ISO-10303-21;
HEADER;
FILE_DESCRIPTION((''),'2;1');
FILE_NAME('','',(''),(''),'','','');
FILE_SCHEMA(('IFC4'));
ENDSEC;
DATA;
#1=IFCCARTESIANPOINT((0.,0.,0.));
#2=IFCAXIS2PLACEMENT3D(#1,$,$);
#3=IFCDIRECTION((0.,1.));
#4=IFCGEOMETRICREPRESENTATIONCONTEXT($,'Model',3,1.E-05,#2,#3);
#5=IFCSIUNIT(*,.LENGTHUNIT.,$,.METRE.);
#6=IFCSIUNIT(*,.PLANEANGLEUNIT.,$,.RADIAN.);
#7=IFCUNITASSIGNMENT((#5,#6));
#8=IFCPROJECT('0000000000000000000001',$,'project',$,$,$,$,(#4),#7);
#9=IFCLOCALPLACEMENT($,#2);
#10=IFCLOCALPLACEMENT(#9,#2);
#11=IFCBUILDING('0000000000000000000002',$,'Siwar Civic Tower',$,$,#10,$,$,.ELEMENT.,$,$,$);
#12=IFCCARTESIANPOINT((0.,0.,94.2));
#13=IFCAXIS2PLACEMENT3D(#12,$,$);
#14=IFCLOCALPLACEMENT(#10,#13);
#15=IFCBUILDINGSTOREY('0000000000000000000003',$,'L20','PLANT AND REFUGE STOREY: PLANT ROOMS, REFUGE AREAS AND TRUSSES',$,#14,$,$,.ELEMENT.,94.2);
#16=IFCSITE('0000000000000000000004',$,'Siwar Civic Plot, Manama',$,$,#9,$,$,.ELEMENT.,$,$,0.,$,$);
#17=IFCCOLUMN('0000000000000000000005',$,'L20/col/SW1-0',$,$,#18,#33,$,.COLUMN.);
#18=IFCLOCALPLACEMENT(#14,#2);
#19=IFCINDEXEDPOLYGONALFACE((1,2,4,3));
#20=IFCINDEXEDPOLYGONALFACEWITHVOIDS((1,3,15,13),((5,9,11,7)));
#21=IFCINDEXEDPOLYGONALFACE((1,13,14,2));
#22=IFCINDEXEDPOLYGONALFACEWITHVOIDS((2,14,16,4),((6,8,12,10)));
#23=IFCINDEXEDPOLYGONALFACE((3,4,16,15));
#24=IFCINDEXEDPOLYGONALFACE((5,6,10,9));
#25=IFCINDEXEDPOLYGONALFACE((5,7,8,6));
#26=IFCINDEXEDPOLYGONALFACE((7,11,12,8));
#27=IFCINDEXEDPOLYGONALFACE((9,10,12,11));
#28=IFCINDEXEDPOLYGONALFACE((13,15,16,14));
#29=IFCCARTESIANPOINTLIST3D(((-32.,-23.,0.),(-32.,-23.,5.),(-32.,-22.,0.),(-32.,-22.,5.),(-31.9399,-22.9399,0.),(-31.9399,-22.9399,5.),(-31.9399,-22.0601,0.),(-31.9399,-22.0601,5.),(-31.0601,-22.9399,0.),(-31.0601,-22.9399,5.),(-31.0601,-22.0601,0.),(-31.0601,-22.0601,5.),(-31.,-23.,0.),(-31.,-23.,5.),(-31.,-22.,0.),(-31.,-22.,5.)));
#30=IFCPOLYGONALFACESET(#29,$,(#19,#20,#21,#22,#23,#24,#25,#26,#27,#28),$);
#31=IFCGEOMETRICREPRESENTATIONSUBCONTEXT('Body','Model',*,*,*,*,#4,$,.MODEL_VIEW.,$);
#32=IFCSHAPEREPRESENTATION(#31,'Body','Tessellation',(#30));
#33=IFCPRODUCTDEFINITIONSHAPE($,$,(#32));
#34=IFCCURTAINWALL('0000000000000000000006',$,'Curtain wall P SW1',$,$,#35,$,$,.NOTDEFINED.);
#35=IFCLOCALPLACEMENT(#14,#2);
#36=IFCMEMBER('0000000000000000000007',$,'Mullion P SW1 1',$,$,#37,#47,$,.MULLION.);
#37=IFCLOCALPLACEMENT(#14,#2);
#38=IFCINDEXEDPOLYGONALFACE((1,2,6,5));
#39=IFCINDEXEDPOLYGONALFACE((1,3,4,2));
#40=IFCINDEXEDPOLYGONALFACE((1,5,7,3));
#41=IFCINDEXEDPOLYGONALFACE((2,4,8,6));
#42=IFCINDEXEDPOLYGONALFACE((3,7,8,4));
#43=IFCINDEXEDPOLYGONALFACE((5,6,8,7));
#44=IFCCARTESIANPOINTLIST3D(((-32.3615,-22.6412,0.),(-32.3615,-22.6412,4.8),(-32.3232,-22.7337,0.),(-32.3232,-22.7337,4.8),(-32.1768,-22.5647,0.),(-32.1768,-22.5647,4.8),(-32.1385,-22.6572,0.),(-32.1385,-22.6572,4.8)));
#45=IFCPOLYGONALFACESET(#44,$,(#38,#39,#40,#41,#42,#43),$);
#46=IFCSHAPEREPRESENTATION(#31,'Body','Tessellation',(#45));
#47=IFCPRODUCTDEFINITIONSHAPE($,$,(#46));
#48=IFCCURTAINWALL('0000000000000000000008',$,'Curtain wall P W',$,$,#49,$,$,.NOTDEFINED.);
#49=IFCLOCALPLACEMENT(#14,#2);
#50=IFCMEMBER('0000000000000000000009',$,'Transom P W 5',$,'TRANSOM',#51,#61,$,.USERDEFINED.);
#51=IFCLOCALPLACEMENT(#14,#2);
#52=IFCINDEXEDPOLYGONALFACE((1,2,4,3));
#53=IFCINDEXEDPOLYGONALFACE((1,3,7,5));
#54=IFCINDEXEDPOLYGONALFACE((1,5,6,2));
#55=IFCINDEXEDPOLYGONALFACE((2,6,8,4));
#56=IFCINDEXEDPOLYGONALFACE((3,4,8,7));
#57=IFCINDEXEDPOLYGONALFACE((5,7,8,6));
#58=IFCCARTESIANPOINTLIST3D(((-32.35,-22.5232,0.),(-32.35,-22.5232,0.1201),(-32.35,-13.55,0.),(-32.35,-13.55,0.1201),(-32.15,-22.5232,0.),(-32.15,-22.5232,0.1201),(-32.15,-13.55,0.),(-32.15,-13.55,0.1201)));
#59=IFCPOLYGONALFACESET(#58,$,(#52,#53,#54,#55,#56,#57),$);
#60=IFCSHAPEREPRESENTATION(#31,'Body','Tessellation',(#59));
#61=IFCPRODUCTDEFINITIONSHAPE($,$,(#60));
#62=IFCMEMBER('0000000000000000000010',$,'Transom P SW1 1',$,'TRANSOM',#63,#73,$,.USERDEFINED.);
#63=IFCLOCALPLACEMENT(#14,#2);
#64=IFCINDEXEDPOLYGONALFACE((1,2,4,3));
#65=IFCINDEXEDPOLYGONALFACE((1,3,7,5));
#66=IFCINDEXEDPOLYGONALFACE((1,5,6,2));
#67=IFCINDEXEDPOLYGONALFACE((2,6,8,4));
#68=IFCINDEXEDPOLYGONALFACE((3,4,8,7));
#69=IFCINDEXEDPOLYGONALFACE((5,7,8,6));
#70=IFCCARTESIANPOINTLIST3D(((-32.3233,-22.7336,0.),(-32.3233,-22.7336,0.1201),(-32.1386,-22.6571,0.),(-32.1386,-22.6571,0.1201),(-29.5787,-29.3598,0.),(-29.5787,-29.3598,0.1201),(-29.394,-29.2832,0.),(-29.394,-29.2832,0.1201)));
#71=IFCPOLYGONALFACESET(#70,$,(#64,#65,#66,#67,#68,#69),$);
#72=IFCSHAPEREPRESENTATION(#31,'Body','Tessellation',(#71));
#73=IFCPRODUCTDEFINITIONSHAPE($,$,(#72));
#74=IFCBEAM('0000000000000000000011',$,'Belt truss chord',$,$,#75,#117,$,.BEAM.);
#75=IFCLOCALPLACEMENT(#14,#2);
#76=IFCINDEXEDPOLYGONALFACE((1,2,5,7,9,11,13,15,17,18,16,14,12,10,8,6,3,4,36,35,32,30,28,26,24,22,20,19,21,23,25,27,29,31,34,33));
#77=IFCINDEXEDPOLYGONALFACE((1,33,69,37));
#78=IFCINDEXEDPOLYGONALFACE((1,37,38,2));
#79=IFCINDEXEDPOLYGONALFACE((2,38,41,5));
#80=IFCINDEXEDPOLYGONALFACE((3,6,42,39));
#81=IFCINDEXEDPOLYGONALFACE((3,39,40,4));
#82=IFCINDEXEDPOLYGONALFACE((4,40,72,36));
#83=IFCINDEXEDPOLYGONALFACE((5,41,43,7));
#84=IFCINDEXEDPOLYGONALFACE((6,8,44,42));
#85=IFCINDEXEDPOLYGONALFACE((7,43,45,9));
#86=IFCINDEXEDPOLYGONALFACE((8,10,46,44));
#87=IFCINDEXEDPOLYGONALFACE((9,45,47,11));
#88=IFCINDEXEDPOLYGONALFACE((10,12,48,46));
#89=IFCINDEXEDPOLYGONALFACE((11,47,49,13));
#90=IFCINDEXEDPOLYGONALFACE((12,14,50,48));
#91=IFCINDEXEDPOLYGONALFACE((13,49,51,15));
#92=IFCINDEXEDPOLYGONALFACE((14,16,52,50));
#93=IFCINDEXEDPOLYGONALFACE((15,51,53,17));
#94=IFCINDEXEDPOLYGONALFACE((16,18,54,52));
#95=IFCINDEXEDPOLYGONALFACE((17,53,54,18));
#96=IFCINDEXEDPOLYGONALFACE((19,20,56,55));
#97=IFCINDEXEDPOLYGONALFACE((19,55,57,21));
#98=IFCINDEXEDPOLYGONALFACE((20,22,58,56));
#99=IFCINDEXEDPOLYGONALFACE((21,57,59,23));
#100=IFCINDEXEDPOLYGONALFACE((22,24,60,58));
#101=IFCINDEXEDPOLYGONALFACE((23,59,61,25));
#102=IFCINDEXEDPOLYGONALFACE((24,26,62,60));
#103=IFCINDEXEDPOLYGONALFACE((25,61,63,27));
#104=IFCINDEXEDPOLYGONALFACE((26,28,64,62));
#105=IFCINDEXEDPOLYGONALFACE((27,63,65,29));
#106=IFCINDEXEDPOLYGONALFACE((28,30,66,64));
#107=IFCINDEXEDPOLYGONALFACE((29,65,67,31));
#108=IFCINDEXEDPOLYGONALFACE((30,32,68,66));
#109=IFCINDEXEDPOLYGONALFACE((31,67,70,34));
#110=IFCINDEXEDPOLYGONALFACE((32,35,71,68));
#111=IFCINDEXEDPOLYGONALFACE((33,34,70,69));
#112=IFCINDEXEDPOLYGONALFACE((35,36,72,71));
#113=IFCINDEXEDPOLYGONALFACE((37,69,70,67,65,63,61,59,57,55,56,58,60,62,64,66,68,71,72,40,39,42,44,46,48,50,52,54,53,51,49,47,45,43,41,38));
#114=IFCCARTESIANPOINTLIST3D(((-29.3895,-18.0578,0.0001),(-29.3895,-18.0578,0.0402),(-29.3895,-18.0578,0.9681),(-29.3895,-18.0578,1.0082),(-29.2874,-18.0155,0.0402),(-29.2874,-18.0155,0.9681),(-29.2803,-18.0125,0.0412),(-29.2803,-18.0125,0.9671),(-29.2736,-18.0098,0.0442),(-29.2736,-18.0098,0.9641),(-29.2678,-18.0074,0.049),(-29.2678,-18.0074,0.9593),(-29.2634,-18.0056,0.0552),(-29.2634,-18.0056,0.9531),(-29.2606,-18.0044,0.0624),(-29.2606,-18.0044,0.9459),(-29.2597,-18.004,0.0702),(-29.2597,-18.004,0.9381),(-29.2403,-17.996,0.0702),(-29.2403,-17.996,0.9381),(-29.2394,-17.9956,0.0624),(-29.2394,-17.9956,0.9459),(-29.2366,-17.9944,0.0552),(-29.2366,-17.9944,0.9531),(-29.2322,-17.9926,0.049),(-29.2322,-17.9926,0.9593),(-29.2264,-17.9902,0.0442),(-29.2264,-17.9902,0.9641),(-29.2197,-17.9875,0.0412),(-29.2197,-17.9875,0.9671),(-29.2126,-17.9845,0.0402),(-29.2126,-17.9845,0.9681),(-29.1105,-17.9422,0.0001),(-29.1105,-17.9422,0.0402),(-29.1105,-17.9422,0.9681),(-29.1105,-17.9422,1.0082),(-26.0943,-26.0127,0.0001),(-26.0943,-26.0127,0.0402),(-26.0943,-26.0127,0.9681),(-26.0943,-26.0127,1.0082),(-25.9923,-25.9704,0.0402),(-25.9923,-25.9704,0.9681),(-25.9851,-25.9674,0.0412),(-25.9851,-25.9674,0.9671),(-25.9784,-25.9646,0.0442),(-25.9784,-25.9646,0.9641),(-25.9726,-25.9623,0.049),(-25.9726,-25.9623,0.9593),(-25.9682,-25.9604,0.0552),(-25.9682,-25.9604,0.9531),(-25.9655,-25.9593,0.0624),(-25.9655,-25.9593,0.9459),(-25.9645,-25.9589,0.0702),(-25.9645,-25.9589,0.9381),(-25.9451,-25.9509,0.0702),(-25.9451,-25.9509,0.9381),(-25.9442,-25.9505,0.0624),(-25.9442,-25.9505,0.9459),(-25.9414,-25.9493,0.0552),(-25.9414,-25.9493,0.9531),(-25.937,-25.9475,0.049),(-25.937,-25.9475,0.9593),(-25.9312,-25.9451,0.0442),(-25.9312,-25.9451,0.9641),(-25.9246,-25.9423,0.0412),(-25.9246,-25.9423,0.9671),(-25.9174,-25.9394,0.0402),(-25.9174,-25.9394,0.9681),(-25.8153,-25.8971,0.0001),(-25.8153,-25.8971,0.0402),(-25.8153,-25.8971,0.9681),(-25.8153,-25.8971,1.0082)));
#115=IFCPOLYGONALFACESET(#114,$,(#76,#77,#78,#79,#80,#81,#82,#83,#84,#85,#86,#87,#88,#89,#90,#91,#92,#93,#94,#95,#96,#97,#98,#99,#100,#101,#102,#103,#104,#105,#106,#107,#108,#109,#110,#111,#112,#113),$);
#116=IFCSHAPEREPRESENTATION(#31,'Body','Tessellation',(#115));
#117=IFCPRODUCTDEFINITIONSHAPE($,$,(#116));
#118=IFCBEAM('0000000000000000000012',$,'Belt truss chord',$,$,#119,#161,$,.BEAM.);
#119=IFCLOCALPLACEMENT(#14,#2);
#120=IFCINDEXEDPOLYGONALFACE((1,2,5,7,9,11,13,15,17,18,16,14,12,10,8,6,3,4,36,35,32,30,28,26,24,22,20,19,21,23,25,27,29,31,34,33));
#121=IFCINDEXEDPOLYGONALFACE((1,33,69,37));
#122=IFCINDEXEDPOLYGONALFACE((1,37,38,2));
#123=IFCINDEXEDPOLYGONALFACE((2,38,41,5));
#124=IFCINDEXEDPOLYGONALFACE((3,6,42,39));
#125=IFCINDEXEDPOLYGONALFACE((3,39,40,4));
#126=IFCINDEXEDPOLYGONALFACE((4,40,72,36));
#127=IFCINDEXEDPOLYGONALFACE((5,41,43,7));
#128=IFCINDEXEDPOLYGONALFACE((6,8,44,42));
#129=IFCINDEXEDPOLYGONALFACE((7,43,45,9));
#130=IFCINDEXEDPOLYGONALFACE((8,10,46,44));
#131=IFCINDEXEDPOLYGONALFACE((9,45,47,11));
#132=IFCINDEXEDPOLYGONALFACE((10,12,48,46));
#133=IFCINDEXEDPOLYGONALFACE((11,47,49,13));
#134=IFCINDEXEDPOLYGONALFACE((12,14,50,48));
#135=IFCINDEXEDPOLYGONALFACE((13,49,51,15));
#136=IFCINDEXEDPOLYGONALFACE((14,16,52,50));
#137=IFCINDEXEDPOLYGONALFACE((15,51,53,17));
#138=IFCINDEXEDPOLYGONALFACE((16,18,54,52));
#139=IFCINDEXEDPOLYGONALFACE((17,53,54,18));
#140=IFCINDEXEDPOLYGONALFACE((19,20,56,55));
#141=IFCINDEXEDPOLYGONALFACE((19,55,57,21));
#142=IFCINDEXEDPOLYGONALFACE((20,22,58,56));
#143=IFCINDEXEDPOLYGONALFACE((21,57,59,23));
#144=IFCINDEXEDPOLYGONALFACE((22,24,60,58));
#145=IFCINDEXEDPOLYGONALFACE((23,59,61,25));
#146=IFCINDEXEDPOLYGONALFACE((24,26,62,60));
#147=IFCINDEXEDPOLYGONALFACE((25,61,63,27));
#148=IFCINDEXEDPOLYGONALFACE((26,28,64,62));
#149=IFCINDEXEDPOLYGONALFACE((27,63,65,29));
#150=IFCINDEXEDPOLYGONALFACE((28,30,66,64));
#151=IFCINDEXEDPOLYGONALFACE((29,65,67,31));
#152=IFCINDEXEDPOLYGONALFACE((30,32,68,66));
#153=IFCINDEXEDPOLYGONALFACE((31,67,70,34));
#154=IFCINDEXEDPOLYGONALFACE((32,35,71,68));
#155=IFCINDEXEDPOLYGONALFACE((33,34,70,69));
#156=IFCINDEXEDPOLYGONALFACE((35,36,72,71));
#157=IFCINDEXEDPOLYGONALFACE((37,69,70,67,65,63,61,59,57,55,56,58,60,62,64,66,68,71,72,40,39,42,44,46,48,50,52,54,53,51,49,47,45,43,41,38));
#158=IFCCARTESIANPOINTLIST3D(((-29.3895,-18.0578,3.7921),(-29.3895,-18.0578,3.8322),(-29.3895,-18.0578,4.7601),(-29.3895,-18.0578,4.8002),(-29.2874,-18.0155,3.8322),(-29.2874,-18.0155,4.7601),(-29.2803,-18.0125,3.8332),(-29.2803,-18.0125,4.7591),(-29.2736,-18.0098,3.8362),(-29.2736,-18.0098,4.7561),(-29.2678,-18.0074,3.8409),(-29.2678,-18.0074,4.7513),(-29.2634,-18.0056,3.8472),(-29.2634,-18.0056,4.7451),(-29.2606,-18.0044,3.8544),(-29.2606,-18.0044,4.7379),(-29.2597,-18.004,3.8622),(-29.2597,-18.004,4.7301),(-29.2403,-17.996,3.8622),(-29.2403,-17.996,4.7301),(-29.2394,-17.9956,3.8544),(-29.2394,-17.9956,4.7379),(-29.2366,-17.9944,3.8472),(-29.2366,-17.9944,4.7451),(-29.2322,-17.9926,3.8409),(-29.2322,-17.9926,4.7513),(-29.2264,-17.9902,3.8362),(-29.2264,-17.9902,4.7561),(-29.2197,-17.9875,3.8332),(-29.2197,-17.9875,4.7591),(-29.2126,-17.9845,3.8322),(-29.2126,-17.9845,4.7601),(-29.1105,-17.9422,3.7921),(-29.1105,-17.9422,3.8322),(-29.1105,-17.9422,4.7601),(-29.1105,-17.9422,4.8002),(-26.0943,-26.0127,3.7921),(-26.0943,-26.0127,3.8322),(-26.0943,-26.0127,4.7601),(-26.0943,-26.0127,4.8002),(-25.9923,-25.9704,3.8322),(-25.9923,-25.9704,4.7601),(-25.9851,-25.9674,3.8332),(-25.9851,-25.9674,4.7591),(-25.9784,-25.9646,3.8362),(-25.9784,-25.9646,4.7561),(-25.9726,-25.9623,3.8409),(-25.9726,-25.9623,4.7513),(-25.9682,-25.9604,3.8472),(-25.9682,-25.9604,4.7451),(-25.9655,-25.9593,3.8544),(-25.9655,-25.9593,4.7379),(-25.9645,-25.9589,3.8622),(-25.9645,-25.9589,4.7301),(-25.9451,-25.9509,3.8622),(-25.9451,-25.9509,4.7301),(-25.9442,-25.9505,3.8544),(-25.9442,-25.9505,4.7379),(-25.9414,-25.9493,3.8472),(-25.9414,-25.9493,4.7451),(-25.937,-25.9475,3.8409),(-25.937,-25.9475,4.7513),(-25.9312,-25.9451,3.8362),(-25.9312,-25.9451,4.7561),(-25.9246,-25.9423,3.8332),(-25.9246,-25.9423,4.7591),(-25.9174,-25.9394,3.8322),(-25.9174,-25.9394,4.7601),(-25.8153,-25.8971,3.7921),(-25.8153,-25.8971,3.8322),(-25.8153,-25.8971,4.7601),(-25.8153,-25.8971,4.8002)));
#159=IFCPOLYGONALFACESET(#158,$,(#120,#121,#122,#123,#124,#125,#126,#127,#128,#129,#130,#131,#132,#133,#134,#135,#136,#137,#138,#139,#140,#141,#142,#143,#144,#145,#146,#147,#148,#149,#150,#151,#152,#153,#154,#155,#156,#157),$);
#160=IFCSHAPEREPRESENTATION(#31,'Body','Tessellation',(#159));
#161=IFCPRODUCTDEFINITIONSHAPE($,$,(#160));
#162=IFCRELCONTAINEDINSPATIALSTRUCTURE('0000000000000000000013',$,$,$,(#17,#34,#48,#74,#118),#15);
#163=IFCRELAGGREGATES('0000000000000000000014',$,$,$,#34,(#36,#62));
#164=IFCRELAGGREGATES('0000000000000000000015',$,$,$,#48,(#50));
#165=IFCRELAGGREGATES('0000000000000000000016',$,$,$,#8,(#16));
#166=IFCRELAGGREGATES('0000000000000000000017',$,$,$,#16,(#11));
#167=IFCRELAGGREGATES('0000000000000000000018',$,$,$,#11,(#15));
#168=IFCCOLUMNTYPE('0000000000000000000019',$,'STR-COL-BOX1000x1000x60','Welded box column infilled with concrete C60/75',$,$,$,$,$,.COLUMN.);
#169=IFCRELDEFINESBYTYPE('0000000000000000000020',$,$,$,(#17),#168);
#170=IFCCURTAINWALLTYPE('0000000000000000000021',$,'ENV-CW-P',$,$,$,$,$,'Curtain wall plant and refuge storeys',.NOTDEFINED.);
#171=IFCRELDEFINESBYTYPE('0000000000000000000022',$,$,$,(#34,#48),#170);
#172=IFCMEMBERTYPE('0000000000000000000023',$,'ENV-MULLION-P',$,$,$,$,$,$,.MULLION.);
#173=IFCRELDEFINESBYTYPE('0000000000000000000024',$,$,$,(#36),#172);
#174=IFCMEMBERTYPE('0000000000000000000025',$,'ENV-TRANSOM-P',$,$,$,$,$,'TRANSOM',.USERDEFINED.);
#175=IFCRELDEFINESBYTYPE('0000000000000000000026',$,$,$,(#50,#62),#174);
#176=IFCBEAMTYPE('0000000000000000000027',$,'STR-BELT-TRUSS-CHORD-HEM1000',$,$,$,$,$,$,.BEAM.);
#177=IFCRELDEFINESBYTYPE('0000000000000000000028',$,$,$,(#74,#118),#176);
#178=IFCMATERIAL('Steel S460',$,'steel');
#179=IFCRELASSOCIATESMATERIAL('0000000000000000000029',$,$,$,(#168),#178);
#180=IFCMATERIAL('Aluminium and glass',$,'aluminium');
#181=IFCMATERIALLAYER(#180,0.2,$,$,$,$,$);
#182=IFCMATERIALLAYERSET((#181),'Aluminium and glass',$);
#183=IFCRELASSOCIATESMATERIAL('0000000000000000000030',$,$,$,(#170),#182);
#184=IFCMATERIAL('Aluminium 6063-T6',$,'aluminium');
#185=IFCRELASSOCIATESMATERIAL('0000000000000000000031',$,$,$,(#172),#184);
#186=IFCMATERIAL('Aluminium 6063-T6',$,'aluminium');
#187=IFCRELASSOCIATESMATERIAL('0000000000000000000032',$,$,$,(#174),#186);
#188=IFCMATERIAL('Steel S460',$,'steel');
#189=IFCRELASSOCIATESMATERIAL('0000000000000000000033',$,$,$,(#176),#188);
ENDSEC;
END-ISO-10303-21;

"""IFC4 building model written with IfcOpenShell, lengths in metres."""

from ifc_helpers import new_model, si_unit, direction, frame, origin, origin_2d, place, context, subcontext, project, spatial, rectangle, hollow_rectangle, i_section, extrude, material, layer, layer_set, material_profile, profile_set, type_object, element, aggregate, save


model = new_model("IFC4")

# Units and contexts
model_context = context("Model", 3, precision=1e-05, world=origin(), true_north=direction((0.0, 1.0)))
body_context = subcontext(model_context, "Body", "Model", "MODEL_VIEW")
ifc_project = project(units=[si_unit("LENGTHUNIT", "METRE"), si_unit("PLANEANGLEUNIT", "RADIAN")], contexts=[model_context])

# Site, building, storey
site_placement = place(None, origin())
site = spatial("IfcSite", under=ifc_project, at=site_placement, Name="Siwar Civic Plot, Manama", CompositionType="ELEMENT", RefElevation=0.0)
building_placement = place(site_placement, origin())
building = spatial("IfcBuilding", under=site, at=building_placement, Name="Siwar Civic Tower", CompositionType="ELEMENT")
storey_placement = place(building_placement, frame((0.0, 0.0, 94.2)))
storey = spatial("IfcBuildingStorey", under=building, at=storey_placement, Name="L20", Description="PLANT AND REFUGE STOREY: PLANT ROOMS, REFUGE AREAS AND TRUSSES", CompositionType="ELEMENT", Elevation=94.2)

# Column
ifc_material_1 = material(Name="Steel S460", Category="steel")
ifc_material_profile_1 = material_profile(ifc_material_1, hollow_rectangle(XDim=1.0, YDim=1.0, WallThickness=0.0601, at=origin_2d()), Name="BOX1000x1000x60")
ifc_profile_set_1 = profile_set([ifc_material_profile_1], Name="Steel S460")
column_type = type_object("IfcColumnType", Name="STR-COL-BOX1000x1000x60", Description="Welded box column infilled with concrete C60/75", PredefinedType="COLUMN", material=ifc_profile_set_1)
column_placement = place(storey_placement, frame((-31.5, -22.5, 0.0), z_axis=(0.0, 0.0, 1.0), x_axis=(1.0, 0.0, 0.0)))
element("IfcColumn", 1, at=column_placement, inside=storey, type_object=column_type, Name="L20/col/SW1-0", PredefinedType="COLUMN", context=body_context, shape_type="SweptSolid", body=[
    extrude(hollow_rectangle(XDim=1.0, YDim=1.0, WallThickness=0.0601, at=origin_2d()), origin(), (0.0, 0.0, 1.0), 5.0),
])

# Curtain walls, members
ifc_material_2 = material(Name="Aluminium and glass", Category="aluminium")
ifc_layer_1 = layer(ifc_material_2, 0.2)
ifc_layer_set_1 = layer_set([ifc_layer_1], Name="Aluminium and glass")
curtain_wall_type = type_object("IfcCurtainWallType", Name="ENV-CW-P", ElementType="Curtain wall plant and refuge storeys", PredefinedType="NOTDEFINED", material=ifc_layer_set_1)
curtain_wall_1_placement = place(storey_placement, origin())
curtain_wall_1 = element("IfcCurtainWall", 2, at=curtain_wall_1_placement, inside=storey, type_object=curtain_wall_type, Name="Curtain wall P SW1", PredefinedType="NOTDEFINED")
ifc_material_3 = material(Name="Aluminium 6063-T6", Category="aluminium")
ifc_material_profile_2 = material_profile(ifc_material_3, rectangle(XDim=0.2, YDim=0.1001, at=origin_2d()), Name="AL 200x100")
ifc_profile_set_2 = profile_set([ifc_material_profile_2], Name="Aluminium 6063-T6")
member_type_1 = type_object("IfcMemberType", Name="ENV-MULLION-P", PredefinedType="MULLION", material=ifc_profile_set_2)
member_1_placement = place(storey_placement, frame((-32.25, -22.6492, 0.0), z_axis=(0.0, 0.0, 1.0), x_axis=(0.92388, 0.382683, 0.0)))
member_1 = element("IfcMember", 3, at=member_1_placement, type_object=member_type_1, Name="Mullion P SW1 1", PredefinedType="MULLION", context=body_context, shape_type="SweptSolid", body=[
    extrude(rectangle(XDim=0.2, YDim=0.1001, at=origin_2d()), origin(), (0.0, 0.0, 1.0), 4.8),
])
curtain_wall_2_placement = place(storey_placement, origin())
curtain_wall_2 = element("IfcCurtainWall", 4, at=curtain_wall_2_placement, inside=storey, type_object=curtain_wall_type, Name="Curtain wall P W", PredefinedType="NOTDEFINED")
ifc_material_4 = material(Name="Aluminium 6063-T6", Category="aluminium")
ifc_material_profile_3 = material_profile(ifc_material_4, rectangle(XDim=0.2, YDim=0.1201, at=origin_2d()), Name="AL 200x120")
ifc_profile_set_3 = profile_set([ifc_material_profile_3], Name="Aluminium 6063-T6")
member_type_2 = type_object("IfcMemberType", Name="ENV-TRANSOM-P", ElementType="TRANSOM", PredefinedType="USERDEFINED", material=ifc_profile_set_3)
member_2_placement = place(storey_placement, frame((-32.25, -13.55, 0.0601), z_axis=(0.0, -1.0, 0.0), x_axis=(1.0, 0.0, 0.0)))
member_2 = element("IfcMember", 5, at=member_2_placement, type_object=member_type_2, Name="Transom P W 5", ObjectType="TRANSOM", PredefinedType="USERDEFINED", context=body_context, shape_type="SweptSolid", body=[
    extrude(rectangle(XDim=0.2, YDim=0.1201, at=origin_2d()), origin(), (0.0, 0.0, 1.0), 8.9731),
])

# Member
member_3_placement = place(storey_placement, frame((-32.231, -22.6953, 0.0601), z_axis=(0.382678, -0.923882, 0.0), x_axis=(0.923882, 0.382678, 0.0)))
member_3 = element("IfcMember", 6, at=member_3_placement, type_object=member_type_2, Name="Transom P SW1 1", ObjectType="TRANSOM", PredefinedType="USERDEFINED", context=body_context, shape_type="SweptSolid", body=[
    extrude(rectangle(XDim=0.2, YDim=0.1201, at=origin_2d()), origin(), (0.0, 0.0, 1.0), 7.1721),
])
aggregate(curtain_wall_1, [member_1, member_3])

# Beams
ifc_material_5 = material(Name="Steel S460", Category="steel")
ifc_material_profile_4 = material_profile(ifc_material_5, i_section(OverallWidth=0.302, OverallDepth=1.0081, WebThickness=0.021, FlangeThickness=0.04, FilletRadius=0.03, at=origin_2d()), Name="HEM1000")
ifc_profile_set_4 = profile_set([ifc_material_profile_4], Name="Steel S460")
beam_type_1 = type_object("IfcBeamType", Name="STR-BELT-TRUSS-CHORD-HEM1000", PredefinedType="BEAM", material=ifc_profile_set_4)
for number, where, z_axis, x_axis, name in (
    (7, (-29.25, -18.0, 0.5042), (0.3827, -0.923873, 0.0), (0.923873, 0.3827, 0.0), "Belt truss chord"),
    (8, (-29.25, -18.0, 4.2961), (0.3827, -0.923873, 0.0), (0.923873, 0.3827, 0.0), "Belt truss chord"),
):
    element("IfcBeam", number, at=place(storey_placement, frame(where, z_axis=z_axis, x_axis=x_axis)), inside=storey, type_object=beam_type_1, Name=name, PredefinedType="BEAM", context=body_context, shape_type="SweptSolid", body=[
        extrude(i_section(OverallWidth=0.302, OverallDepth=1.0081, WebThickness=0.021, FlangeThickness=0.04, FilletRadius=0.03, at=origin_2d()), origin(), (0.0, 0.0, 1.0), 8.6104),
    ])

aggregate(curtain_wall_2, [member_2])

save(model, "model.ifc")
